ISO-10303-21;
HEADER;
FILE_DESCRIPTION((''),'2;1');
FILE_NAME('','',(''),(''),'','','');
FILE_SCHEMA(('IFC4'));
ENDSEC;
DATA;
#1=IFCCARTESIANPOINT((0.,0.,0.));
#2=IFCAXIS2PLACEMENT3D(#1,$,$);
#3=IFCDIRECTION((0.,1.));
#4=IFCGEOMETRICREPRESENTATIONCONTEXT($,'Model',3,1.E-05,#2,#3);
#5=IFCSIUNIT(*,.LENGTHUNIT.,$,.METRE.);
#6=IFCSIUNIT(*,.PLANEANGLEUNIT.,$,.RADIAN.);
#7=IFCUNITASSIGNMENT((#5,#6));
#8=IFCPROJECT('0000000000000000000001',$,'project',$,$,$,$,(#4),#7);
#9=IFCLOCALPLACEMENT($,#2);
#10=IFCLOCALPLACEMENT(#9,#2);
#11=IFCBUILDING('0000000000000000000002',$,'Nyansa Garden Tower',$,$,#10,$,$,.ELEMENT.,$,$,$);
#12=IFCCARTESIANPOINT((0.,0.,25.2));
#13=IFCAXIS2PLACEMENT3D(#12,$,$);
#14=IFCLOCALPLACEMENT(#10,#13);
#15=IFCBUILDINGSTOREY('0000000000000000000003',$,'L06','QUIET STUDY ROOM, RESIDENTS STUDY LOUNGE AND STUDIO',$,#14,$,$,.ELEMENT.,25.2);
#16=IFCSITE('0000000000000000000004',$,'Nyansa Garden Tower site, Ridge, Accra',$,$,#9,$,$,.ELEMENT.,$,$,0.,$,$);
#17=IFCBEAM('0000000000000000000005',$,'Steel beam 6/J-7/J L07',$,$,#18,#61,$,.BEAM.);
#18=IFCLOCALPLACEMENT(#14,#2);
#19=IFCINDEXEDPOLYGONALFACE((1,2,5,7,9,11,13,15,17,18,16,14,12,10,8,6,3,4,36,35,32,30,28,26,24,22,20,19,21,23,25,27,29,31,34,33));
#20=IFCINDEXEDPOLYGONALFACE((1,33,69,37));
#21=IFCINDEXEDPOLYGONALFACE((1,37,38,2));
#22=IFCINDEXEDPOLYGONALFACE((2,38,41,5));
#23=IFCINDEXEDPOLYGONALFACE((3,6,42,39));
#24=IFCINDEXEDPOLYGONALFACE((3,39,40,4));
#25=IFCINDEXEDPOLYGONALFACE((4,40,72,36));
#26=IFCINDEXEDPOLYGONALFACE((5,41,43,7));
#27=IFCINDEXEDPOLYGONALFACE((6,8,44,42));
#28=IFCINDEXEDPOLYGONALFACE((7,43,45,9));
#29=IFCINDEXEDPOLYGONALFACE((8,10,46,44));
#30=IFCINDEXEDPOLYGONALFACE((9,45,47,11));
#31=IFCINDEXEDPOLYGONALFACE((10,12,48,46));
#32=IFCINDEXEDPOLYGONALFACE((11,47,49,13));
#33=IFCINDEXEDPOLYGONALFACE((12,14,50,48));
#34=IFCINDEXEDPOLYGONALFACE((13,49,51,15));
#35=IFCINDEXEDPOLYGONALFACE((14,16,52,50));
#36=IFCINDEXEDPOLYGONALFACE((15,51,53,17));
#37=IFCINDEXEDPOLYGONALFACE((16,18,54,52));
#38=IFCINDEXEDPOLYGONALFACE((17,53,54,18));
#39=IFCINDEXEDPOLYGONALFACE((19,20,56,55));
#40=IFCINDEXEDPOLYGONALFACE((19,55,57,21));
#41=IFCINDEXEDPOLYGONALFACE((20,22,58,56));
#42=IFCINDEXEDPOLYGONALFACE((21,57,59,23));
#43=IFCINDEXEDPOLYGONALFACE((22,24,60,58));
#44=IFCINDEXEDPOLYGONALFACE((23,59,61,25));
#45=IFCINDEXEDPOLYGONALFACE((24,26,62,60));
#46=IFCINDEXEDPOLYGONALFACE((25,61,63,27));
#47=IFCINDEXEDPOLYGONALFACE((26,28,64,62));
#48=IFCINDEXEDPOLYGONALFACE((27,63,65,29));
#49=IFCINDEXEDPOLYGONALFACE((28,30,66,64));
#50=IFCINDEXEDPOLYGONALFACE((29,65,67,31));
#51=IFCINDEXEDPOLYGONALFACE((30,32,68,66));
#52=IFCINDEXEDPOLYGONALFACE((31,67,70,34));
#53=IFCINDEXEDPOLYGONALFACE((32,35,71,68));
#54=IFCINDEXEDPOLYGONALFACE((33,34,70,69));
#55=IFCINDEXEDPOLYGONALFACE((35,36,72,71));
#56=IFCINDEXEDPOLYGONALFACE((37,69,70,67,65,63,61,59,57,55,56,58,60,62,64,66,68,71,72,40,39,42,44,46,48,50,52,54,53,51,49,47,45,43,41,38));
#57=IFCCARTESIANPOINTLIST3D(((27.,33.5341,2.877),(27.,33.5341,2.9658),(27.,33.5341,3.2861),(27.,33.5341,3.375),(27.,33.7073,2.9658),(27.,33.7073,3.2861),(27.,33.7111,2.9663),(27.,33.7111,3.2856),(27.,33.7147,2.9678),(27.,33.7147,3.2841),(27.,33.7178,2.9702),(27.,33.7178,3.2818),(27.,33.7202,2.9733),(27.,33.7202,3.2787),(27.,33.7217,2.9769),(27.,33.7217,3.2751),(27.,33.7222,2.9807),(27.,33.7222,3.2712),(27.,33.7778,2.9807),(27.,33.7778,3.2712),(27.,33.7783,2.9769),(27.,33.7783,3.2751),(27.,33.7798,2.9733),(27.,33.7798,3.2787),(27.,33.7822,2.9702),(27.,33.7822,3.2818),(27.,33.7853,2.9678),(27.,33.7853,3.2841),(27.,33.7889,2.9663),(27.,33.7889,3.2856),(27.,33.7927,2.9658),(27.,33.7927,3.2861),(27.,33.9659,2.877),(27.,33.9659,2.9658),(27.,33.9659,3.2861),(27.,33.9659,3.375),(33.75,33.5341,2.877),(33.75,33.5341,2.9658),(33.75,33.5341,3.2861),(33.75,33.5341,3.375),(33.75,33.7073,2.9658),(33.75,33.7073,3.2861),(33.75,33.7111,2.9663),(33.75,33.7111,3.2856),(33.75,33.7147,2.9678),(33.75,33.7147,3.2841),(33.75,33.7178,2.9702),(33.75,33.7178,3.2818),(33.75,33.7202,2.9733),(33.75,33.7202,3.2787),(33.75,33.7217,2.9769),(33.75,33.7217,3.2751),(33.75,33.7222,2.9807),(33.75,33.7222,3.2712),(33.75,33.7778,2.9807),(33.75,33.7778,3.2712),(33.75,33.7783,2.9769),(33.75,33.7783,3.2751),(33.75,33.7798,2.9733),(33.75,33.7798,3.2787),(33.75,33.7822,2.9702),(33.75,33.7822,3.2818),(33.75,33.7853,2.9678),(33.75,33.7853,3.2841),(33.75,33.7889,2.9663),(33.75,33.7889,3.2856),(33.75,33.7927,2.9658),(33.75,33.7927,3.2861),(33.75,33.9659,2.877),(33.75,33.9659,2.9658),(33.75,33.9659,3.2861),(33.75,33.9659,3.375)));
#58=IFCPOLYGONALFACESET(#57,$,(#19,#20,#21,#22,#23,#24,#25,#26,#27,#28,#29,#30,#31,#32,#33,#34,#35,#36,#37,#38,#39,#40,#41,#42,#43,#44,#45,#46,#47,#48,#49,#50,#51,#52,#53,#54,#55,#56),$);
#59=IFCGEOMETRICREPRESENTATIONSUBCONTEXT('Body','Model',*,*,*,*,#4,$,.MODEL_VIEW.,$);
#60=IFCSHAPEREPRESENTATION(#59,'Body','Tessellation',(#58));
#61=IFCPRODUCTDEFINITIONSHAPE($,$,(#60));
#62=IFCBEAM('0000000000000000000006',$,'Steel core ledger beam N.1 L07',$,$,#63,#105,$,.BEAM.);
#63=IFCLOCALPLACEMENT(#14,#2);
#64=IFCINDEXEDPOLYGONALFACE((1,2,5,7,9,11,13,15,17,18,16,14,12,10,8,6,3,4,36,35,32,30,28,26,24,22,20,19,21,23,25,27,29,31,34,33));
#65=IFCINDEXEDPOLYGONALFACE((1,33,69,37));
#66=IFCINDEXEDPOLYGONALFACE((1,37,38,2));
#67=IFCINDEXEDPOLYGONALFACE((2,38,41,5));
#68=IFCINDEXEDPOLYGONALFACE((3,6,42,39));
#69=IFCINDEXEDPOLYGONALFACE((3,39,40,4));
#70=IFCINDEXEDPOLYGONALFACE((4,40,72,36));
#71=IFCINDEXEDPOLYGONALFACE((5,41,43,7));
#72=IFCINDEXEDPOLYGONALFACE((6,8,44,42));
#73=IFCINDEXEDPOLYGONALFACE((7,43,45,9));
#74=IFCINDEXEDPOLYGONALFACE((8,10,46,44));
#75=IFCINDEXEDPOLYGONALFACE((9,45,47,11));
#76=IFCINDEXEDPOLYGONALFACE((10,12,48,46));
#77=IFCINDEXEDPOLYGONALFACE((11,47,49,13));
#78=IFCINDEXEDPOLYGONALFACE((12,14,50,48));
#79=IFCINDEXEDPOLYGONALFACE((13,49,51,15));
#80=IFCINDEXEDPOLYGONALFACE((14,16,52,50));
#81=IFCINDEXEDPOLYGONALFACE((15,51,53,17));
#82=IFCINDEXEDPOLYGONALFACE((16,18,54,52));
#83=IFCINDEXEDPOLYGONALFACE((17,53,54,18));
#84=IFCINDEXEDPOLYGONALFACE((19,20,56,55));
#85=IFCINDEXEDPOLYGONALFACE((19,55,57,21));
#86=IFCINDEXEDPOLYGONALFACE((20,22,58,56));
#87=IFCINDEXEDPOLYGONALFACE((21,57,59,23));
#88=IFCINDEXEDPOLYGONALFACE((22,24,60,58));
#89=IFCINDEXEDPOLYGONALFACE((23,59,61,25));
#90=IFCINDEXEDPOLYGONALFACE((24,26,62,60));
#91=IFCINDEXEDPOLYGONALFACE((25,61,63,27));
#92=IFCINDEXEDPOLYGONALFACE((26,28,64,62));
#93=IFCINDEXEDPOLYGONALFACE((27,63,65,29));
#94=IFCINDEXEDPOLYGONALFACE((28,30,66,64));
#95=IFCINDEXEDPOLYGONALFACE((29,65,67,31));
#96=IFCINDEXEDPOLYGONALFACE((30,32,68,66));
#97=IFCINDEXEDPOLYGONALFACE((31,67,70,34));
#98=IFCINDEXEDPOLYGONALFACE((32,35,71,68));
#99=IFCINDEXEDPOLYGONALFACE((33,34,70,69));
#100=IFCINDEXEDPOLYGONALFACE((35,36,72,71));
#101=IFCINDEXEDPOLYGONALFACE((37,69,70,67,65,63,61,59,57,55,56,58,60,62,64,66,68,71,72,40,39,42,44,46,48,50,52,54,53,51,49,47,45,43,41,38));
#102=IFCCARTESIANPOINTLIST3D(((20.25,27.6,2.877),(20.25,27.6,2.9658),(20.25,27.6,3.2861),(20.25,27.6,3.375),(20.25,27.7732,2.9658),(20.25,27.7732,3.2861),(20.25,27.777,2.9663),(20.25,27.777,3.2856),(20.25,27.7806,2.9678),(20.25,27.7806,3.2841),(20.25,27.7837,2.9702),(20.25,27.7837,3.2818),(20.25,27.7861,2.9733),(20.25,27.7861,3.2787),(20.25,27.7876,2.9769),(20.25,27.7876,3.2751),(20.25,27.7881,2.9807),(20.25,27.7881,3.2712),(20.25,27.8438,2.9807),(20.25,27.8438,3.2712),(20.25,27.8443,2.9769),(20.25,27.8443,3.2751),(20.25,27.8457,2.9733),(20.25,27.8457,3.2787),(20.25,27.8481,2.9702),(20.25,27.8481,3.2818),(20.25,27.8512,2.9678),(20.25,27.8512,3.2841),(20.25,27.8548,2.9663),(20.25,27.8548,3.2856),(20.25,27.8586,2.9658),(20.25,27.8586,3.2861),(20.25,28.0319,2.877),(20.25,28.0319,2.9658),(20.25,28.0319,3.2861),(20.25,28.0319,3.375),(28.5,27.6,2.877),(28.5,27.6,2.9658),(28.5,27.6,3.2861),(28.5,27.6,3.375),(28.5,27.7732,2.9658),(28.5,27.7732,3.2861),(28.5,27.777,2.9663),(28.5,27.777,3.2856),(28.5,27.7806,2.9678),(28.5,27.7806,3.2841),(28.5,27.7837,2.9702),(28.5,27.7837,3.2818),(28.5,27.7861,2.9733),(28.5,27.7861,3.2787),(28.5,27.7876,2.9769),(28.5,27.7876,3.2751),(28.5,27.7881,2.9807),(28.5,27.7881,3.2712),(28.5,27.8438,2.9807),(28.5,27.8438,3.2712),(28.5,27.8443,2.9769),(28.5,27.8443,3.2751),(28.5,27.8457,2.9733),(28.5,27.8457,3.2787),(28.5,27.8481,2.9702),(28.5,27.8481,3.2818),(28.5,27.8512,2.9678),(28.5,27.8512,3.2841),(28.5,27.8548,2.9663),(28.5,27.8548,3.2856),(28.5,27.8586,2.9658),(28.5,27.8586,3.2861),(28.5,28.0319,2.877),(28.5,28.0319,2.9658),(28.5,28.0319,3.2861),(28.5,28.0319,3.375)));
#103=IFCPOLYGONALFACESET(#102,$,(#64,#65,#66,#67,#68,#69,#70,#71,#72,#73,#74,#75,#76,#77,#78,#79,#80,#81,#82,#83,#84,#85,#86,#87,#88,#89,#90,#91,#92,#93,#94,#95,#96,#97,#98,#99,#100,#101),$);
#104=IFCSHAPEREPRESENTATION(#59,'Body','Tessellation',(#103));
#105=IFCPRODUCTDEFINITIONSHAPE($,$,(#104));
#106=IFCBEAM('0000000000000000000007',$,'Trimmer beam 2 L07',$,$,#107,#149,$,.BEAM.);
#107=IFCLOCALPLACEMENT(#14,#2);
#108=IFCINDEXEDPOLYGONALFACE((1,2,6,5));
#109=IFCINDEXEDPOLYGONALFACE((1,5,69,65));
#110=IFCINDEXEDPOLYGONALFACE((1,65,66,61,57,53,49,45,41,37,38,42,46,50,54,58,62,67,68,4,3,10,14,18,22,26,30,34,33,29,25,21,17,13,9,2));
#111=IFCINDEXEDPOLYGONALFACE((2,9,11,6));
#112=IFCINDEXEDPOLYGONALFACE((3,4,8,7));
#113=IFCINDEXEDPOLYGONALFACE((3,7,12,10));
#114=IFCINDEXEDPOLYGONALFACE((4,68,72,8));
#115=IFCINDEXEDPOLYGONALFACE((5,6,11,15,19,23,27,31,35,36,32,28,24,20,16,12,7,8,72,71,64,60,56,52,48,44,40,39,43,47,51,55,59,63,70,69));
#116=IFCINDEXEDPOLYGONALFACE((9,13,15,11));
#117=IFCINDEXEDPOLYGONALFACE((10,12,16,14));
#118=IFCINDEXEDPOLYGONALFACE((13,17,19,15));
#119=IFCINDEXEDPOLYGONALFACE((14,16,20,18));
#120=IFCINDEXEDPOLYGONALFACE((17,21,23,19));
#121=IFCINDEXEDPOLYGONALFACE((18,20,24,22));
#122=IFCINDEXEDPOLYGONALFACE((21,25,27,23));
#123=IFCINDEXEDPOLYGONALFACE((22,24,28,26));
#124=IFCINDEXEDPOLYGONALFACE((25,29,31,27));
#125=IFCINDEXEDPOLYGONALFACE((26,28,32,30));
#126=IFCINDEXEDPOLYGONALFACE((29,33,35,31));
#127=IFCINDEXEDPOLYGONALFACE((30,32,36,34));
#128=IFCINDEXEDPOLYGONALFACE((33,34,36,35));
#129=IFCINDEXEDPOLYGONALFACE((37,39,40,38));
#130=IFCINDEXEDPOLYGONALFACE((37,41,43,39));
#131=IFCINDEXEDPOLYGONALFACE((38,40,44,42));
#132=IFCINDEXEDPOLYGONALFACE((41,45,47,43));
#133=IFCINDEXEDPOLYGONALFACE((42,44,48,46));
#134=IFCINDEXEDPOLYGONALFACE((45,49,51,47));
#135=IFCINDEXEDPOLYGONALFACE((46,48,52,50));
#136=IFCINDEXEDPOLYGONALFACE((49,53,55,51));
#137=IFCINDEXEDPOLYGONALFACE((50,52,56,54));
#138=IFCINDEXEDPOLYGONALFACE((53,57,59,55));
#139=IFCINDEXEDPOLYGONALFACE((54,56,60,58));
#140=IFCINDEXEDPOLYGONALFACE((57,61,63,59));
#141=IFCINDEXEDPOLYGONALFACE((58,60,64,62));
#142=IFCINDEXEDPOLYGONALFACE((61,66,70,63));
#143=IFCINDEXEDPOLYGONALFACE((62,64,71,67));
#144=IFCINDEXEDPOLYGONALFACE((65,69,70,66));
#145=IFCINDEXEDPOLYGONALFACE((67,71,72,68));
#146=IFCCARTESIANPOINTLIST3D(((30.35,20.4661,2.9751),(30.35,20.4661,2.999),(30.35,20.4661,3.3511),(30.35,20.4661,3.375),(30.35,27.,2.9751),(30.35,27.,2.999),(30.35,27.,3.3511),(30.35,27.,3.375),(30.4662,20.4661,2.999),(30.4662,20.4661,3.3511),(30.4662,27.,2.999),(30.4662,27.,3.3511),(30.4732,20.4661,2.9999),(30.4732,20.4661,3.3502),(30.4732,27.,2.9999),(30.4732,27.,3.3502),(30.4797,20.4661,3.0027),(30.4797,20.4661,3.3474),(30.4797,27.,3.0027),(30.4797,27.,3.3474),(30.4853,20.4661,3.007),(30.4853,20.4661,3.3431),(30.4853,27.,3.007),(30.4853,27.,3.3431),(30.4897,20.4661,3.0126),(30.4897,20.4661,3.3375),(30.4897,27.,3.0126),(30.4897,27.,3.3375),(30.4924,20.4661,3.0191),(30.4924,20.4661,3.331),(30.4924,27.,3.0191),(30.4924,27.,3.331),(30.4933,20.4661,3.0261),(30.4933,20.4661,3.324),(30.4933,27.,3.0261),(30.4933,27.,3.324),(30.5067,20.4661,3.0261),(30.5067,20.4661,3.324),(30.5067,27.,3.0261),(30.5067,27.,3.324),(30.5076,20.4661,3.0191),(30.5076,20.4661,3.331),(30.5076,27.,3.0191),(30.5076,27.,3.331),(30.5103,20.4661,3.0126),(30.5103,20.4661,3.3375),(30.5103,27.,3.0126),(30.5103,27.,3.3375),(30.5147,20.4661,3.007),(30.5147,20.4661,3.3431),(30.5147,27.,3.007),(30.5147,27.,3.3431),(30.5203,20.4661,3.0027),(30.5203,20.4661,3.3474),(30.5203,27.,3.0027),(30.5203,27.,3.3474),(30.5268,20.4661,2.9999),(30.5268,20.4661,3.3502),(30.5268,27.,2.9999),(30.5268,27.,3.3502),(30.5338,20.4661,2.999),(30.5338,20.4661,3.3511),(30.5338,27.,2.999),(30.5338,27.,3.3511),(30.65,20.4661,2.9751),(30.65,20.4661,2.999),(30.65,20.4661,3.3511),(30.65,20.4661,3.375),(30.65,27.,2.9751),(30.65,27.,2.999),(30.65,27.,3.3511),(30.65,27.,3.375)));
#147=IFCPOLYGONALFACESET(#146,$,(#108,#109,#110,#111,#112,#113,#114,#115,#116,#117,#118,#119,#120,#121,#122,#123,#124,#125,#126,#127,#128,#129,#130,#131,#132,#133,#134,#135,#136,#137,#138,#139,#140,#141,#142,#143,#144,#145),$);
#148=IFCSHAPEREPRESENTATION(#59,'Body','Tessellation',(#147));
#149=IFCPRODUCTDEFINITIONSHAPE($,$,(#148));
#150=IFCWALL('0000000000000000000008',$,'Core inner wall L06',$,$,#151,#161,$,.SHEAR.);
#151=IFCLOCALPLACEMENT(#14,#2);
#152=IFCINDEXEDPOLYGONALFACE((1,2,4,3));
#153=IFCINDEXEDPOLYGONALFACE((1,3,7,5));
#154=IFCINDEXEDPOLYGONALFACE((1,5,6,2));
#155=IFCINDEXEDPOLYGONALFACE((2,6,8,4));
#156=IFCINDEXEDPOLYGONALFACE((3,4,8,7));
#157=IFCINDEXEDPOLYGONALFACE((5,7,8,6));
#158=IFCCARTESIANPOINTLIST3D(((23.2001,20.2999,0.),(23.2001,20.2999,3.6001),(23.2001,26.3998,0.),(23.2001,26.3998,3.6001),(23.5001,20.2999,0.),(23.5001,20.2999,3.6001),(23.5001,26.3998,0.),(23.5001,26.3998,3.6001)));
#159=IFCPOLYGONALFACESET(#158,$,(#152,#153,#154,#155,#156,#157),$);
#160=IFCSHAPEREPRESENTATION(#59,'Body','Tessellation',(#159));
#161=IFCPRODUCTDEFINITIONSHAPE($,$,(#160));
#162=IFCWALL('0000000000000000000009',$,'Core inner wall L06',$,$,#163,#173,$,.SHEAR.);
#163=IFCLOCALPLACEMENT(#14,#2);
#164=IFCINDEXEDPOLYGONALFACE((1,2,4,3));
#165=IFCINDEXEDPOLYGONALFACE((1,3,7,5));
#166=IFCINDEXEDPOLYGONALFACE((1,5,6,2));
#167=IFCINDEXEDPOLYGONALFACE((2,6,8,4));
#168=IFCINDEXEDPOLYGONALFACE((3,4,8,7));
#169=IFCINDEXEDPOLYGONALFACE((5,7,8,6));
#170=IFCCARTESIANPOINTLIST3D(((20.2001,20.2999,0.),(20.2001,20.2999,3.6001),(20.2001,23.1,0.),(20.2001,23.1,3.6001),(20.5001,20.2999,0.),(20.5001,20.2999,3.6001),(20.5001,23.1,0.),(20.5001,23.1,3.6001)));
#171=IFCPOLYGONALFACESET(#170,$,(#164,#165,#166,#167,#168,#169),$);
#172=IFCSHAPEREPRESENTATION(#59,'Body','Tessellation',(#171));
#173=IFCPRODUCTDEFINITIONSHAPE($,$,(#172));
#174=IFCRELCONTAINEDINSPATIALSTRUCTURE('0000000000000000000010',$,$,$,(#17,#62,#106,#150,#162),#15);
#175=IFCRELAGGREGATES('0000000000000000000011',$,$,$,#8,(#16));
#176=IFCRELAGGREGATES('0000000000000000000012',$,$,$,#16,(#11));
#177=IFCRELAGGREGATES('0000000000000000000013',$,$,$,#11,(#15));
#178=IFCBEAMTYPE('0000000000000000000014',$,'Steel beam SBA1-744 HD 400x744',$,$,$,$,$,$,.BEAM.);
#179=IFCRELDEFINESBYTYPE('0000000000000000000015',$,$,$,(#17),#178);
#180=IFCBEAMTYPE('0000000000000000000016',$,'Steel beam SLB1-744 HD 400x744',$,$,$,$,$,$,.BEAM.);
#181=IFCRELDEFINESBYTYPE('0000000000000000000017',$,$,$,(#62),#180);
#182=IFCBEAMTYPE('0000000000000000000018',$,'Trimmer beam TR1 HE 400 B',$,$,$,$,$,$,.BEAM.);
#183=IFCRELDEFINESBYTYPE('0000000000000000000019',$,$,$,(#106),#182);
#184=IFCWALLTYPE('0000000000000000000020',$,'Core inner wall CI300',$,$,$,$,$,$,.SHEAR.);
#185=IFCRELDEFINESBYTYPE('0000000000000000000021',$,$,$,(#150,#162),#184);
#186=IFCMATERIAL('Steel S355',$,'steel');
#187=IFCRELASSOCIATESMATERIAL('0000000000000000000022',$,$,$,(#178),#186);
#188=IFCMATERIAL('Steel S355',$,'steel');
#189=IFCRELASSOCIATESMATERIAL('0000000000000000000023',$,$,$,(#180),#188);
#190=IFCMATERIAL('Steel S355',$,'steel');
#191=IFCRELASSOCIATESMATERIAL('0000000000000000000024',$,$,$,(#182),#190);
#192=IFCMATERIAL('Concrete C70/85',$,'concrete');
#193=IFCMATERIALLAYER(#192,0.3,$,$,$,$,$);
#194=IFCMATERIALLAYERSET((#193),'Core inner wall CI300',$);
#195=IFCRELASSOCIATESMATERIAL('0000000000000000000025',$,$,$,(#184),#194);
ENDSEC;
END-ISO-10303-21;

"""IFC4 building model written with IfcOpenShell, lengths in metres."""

from ifc_helpers import new_model, si_unit, direction, frame, frame_2d, origin, origin_2d, place, context, subcontext, project, spatial, rectangle, i_section, extrude, material, layer, layer_set, material_profile, profile_set, type_object, element, save


model = new_model("IFC4")

# Units and contexts
model_context = context("Model", 3, precision=1e-05, world=origin(), true_north=direction((0.0, 1.0)))
body_context = subcontext(model_context, "Body", "Model", "MODEL_VIEW")
ifc_project = project(units=[si_unit("LENGTHUNIT", "METRE"), si_unit("PLANEANGLEUNIT", "RADIAN")], contexts=[model_context])

# Site, building, storey
site_placement = place(None, origin())
site = spatial("IfcSite", under=ifc_project, at=site_placement, Name="Nyansa Garden Tower site, Ridge, Accra", CompositionType="ELEMENT", RefElevation=0.0)
building_placement = place(site_placement, origin())
building = spatial("IfcBuilding", under=site, at=building_placement, Name="Nyansa Garden Tower", CompositionType="ELEMENT")
storey_placement = place(building_placement, frame((0.0, 0.0, 25.2)))
storey = spatial("IfcBuildingStorey", under=building, at=storey_placement, Name="L06", Description="QUIET STUDY ROOM, RESIDENTS STUDY LOUNGE AND STUDIO", CompositionType="ELEMENT", Elevation=25.2)

# Beams
ifc_material_1 = material(Name="Steel S355", Category="steel")
ifc_material_profile_1 = material_profile(ifc_material_1, i_section(OverallWidth=0.4319, OverallDepth=0.498, WebThickness=0.0557, FlangeThickness=0.0889, FilletRadius=0.0149, at=origin_2d()), Name="HD 400x744")
ifc_profile_set_1 = profile_set([ifc_material_profile_1], Name="Steel S355")
beam_type_1 = type_object("IfcBeamType", Name="Steel beam SBA1-744 HD 400x744", PredefinedType="BEAM", material=ifc_profile_set_1)
for number, where, z_axis, x_axis, name in (
    (1, (27.0, 33.75, 3.126), (1.0, 0.0, 0.0), (0.0, 1.0, 0.0), "Steel beam 6/J-7/J L07"),
):
    element("IfcBeam", number, at=place(storey_placement, frame(where, z_axis=z_axis, x_axis=x_axis)), inside=storey, type_object=beam_type_1, Name=name, PredefinedType="BEAM", context=body_context, shape_type="SweptSolid", body=[
        extrude(i_section(OverallWidth=0.4319, OverallDepth=0.498, WebThickness=0.0557, FlangeThickness=0.0889, FilletRadius=0.0149, at=origin_2d()), origin(), (0.0, 0.0, 1.0), 6.75),
    ])
ifc_material_2 = material(Name="Steel S355", Category="steel")
ifc_material_profile_2 = material_profile(ifc_material_2, i_section(OverallWidth=0.4319, OverallDepth=0.498, WebThickness=0.0557, FlangeThickness=0.0889, FilletRadius=0.0149, at=origin_2d()), Name="HD 400x744")
ifc_profile_set_2 = profile_set([ifc_material_profile_2], Name="Steel S355")
beam_type_2 = type_object("IfcBeamType", Name="Steel beam SLB1-744 HD 400x744", PredefinedType="BEAM", material=ifc_profile_set_2)
beam_1_placement = place(storey_placement, frame((28.5, 27.8159, 3.126), z_axis=(-1.0, 0.0, 0.0), x_axis=(0.0, -1.0, 0.0)))
element("IfcBeam", 2, at=beam_1_placement, inside=storey, type_object=beam_type_2, Name="Steel core ledger beam N.1 L07", PredefinedType="BEAM", context=body_context, shape_type="SweptSolid", body=[
    extrude(i_section(OverallWidth=0.4319, OverallDepth=0.498, WebThickness=0.0557, FlangeThickness=0.0889, FilletRadius=0.0149, at=origin_2d()), origin(), (0.0, 0.0, 1.0), 8.25),
])
ifc_material_3 = material(Name="Steel S355", Category="steel")
ifc_material_profile_3 = material_profile(ifc_material_3, i_section(OverallWidth=0.3, OverallDepth=0.3999, WebThickness=0.0134, FlangeThickness=0.0239, FilletRadius=0.0271, at=origin_2d()), Name="HE 400 B")
ifc_profile_set_3 = profile_set([ifc_material_profile_3], Name="Steel S355")
beam_type_3 = type_object("IfcBeamType", Name="Trimmer beam TR1 HE 400 B", PredefinedType="BEAM", material=ifc_profile_set_3)
beam_2_placement = place(storey_placement, frame((30.5, 20.4661, 3.175), z_axis=(0.0, 1.0, 0.0), x_axis=(-1.0, 0.0, 0.0)))
element("IfcBeam", 3, at=beam_2_placement, inside=storey, type_object=beam_type_3, Name="Trimmer beam 2 L07", PredefinedType="BEAM", context=body_context, shape_type="SweptSolid", body=[
    extrude(i_section(OverallWidth=0.3, OverallDepth=0.3999, WebThickness=0.0134, FlangeThickness=0.0239, FilletRadius=0.0271, at=origin_2d()), origin(), (0.0, 0.0, 1.0), 6.5339),
])

# Walls
ifc_material_4 = material(Name="Concrete C70/85", Category="concrete")
ifc_layer_1 = layer(ifc_material_4, 0.3)
ifc_layer_set_1 = layer_set([ifc_layer_1], Name="Core inner wall CI300")
wall_type_1 = type_object("IfcWallType", Name="Core inner wall CI300", PredefinedType="SHEAR", material=ifc_layer_set_1)
wall_1_placement = place(storey_placement, frame((23.3501, 20.3, 0.0), z_axis=(0.0, 0.0, 1.0), x_axis=(0.0, 1.0, 0.0)))
element("IfcWall", 4, at=wall_1_placement, inside=storey, type_object=wall_type_1, Name="Core inner wall L06", PredefinedType="SHEAR", context=body_context, shape_type="SweptSolid", body=[
    extrude(rectangle(XDim=6.0999, YDim=0.3, at=frame_2d((3.0498, 0.0))), origin(), (0.0, 0.0, 1.0), 3.6001),
])
wall_2_placement = place(storey_placement, frame((20.3501, 20.3, 0.0), z_axis=(0.0, 0.0, 1.0), x_axis=(0.0, 1.0, 0.0)))
element("IfcWall", 5, at=wall_2_placement, inside=storey, type_object=wall_type_1, Name="Core inner wall L06", PredefinedType="SHEAR", context=body_context, shape_type="SweptSolid", body=[
    extrude(rectangle(XDim=2.8, YDim=0.3, at=frame_2d((1.3999, 0.0))), origin(), (0.0, 0.0, 1.0), 3.6001),
])

save(model, "model.ifc")
